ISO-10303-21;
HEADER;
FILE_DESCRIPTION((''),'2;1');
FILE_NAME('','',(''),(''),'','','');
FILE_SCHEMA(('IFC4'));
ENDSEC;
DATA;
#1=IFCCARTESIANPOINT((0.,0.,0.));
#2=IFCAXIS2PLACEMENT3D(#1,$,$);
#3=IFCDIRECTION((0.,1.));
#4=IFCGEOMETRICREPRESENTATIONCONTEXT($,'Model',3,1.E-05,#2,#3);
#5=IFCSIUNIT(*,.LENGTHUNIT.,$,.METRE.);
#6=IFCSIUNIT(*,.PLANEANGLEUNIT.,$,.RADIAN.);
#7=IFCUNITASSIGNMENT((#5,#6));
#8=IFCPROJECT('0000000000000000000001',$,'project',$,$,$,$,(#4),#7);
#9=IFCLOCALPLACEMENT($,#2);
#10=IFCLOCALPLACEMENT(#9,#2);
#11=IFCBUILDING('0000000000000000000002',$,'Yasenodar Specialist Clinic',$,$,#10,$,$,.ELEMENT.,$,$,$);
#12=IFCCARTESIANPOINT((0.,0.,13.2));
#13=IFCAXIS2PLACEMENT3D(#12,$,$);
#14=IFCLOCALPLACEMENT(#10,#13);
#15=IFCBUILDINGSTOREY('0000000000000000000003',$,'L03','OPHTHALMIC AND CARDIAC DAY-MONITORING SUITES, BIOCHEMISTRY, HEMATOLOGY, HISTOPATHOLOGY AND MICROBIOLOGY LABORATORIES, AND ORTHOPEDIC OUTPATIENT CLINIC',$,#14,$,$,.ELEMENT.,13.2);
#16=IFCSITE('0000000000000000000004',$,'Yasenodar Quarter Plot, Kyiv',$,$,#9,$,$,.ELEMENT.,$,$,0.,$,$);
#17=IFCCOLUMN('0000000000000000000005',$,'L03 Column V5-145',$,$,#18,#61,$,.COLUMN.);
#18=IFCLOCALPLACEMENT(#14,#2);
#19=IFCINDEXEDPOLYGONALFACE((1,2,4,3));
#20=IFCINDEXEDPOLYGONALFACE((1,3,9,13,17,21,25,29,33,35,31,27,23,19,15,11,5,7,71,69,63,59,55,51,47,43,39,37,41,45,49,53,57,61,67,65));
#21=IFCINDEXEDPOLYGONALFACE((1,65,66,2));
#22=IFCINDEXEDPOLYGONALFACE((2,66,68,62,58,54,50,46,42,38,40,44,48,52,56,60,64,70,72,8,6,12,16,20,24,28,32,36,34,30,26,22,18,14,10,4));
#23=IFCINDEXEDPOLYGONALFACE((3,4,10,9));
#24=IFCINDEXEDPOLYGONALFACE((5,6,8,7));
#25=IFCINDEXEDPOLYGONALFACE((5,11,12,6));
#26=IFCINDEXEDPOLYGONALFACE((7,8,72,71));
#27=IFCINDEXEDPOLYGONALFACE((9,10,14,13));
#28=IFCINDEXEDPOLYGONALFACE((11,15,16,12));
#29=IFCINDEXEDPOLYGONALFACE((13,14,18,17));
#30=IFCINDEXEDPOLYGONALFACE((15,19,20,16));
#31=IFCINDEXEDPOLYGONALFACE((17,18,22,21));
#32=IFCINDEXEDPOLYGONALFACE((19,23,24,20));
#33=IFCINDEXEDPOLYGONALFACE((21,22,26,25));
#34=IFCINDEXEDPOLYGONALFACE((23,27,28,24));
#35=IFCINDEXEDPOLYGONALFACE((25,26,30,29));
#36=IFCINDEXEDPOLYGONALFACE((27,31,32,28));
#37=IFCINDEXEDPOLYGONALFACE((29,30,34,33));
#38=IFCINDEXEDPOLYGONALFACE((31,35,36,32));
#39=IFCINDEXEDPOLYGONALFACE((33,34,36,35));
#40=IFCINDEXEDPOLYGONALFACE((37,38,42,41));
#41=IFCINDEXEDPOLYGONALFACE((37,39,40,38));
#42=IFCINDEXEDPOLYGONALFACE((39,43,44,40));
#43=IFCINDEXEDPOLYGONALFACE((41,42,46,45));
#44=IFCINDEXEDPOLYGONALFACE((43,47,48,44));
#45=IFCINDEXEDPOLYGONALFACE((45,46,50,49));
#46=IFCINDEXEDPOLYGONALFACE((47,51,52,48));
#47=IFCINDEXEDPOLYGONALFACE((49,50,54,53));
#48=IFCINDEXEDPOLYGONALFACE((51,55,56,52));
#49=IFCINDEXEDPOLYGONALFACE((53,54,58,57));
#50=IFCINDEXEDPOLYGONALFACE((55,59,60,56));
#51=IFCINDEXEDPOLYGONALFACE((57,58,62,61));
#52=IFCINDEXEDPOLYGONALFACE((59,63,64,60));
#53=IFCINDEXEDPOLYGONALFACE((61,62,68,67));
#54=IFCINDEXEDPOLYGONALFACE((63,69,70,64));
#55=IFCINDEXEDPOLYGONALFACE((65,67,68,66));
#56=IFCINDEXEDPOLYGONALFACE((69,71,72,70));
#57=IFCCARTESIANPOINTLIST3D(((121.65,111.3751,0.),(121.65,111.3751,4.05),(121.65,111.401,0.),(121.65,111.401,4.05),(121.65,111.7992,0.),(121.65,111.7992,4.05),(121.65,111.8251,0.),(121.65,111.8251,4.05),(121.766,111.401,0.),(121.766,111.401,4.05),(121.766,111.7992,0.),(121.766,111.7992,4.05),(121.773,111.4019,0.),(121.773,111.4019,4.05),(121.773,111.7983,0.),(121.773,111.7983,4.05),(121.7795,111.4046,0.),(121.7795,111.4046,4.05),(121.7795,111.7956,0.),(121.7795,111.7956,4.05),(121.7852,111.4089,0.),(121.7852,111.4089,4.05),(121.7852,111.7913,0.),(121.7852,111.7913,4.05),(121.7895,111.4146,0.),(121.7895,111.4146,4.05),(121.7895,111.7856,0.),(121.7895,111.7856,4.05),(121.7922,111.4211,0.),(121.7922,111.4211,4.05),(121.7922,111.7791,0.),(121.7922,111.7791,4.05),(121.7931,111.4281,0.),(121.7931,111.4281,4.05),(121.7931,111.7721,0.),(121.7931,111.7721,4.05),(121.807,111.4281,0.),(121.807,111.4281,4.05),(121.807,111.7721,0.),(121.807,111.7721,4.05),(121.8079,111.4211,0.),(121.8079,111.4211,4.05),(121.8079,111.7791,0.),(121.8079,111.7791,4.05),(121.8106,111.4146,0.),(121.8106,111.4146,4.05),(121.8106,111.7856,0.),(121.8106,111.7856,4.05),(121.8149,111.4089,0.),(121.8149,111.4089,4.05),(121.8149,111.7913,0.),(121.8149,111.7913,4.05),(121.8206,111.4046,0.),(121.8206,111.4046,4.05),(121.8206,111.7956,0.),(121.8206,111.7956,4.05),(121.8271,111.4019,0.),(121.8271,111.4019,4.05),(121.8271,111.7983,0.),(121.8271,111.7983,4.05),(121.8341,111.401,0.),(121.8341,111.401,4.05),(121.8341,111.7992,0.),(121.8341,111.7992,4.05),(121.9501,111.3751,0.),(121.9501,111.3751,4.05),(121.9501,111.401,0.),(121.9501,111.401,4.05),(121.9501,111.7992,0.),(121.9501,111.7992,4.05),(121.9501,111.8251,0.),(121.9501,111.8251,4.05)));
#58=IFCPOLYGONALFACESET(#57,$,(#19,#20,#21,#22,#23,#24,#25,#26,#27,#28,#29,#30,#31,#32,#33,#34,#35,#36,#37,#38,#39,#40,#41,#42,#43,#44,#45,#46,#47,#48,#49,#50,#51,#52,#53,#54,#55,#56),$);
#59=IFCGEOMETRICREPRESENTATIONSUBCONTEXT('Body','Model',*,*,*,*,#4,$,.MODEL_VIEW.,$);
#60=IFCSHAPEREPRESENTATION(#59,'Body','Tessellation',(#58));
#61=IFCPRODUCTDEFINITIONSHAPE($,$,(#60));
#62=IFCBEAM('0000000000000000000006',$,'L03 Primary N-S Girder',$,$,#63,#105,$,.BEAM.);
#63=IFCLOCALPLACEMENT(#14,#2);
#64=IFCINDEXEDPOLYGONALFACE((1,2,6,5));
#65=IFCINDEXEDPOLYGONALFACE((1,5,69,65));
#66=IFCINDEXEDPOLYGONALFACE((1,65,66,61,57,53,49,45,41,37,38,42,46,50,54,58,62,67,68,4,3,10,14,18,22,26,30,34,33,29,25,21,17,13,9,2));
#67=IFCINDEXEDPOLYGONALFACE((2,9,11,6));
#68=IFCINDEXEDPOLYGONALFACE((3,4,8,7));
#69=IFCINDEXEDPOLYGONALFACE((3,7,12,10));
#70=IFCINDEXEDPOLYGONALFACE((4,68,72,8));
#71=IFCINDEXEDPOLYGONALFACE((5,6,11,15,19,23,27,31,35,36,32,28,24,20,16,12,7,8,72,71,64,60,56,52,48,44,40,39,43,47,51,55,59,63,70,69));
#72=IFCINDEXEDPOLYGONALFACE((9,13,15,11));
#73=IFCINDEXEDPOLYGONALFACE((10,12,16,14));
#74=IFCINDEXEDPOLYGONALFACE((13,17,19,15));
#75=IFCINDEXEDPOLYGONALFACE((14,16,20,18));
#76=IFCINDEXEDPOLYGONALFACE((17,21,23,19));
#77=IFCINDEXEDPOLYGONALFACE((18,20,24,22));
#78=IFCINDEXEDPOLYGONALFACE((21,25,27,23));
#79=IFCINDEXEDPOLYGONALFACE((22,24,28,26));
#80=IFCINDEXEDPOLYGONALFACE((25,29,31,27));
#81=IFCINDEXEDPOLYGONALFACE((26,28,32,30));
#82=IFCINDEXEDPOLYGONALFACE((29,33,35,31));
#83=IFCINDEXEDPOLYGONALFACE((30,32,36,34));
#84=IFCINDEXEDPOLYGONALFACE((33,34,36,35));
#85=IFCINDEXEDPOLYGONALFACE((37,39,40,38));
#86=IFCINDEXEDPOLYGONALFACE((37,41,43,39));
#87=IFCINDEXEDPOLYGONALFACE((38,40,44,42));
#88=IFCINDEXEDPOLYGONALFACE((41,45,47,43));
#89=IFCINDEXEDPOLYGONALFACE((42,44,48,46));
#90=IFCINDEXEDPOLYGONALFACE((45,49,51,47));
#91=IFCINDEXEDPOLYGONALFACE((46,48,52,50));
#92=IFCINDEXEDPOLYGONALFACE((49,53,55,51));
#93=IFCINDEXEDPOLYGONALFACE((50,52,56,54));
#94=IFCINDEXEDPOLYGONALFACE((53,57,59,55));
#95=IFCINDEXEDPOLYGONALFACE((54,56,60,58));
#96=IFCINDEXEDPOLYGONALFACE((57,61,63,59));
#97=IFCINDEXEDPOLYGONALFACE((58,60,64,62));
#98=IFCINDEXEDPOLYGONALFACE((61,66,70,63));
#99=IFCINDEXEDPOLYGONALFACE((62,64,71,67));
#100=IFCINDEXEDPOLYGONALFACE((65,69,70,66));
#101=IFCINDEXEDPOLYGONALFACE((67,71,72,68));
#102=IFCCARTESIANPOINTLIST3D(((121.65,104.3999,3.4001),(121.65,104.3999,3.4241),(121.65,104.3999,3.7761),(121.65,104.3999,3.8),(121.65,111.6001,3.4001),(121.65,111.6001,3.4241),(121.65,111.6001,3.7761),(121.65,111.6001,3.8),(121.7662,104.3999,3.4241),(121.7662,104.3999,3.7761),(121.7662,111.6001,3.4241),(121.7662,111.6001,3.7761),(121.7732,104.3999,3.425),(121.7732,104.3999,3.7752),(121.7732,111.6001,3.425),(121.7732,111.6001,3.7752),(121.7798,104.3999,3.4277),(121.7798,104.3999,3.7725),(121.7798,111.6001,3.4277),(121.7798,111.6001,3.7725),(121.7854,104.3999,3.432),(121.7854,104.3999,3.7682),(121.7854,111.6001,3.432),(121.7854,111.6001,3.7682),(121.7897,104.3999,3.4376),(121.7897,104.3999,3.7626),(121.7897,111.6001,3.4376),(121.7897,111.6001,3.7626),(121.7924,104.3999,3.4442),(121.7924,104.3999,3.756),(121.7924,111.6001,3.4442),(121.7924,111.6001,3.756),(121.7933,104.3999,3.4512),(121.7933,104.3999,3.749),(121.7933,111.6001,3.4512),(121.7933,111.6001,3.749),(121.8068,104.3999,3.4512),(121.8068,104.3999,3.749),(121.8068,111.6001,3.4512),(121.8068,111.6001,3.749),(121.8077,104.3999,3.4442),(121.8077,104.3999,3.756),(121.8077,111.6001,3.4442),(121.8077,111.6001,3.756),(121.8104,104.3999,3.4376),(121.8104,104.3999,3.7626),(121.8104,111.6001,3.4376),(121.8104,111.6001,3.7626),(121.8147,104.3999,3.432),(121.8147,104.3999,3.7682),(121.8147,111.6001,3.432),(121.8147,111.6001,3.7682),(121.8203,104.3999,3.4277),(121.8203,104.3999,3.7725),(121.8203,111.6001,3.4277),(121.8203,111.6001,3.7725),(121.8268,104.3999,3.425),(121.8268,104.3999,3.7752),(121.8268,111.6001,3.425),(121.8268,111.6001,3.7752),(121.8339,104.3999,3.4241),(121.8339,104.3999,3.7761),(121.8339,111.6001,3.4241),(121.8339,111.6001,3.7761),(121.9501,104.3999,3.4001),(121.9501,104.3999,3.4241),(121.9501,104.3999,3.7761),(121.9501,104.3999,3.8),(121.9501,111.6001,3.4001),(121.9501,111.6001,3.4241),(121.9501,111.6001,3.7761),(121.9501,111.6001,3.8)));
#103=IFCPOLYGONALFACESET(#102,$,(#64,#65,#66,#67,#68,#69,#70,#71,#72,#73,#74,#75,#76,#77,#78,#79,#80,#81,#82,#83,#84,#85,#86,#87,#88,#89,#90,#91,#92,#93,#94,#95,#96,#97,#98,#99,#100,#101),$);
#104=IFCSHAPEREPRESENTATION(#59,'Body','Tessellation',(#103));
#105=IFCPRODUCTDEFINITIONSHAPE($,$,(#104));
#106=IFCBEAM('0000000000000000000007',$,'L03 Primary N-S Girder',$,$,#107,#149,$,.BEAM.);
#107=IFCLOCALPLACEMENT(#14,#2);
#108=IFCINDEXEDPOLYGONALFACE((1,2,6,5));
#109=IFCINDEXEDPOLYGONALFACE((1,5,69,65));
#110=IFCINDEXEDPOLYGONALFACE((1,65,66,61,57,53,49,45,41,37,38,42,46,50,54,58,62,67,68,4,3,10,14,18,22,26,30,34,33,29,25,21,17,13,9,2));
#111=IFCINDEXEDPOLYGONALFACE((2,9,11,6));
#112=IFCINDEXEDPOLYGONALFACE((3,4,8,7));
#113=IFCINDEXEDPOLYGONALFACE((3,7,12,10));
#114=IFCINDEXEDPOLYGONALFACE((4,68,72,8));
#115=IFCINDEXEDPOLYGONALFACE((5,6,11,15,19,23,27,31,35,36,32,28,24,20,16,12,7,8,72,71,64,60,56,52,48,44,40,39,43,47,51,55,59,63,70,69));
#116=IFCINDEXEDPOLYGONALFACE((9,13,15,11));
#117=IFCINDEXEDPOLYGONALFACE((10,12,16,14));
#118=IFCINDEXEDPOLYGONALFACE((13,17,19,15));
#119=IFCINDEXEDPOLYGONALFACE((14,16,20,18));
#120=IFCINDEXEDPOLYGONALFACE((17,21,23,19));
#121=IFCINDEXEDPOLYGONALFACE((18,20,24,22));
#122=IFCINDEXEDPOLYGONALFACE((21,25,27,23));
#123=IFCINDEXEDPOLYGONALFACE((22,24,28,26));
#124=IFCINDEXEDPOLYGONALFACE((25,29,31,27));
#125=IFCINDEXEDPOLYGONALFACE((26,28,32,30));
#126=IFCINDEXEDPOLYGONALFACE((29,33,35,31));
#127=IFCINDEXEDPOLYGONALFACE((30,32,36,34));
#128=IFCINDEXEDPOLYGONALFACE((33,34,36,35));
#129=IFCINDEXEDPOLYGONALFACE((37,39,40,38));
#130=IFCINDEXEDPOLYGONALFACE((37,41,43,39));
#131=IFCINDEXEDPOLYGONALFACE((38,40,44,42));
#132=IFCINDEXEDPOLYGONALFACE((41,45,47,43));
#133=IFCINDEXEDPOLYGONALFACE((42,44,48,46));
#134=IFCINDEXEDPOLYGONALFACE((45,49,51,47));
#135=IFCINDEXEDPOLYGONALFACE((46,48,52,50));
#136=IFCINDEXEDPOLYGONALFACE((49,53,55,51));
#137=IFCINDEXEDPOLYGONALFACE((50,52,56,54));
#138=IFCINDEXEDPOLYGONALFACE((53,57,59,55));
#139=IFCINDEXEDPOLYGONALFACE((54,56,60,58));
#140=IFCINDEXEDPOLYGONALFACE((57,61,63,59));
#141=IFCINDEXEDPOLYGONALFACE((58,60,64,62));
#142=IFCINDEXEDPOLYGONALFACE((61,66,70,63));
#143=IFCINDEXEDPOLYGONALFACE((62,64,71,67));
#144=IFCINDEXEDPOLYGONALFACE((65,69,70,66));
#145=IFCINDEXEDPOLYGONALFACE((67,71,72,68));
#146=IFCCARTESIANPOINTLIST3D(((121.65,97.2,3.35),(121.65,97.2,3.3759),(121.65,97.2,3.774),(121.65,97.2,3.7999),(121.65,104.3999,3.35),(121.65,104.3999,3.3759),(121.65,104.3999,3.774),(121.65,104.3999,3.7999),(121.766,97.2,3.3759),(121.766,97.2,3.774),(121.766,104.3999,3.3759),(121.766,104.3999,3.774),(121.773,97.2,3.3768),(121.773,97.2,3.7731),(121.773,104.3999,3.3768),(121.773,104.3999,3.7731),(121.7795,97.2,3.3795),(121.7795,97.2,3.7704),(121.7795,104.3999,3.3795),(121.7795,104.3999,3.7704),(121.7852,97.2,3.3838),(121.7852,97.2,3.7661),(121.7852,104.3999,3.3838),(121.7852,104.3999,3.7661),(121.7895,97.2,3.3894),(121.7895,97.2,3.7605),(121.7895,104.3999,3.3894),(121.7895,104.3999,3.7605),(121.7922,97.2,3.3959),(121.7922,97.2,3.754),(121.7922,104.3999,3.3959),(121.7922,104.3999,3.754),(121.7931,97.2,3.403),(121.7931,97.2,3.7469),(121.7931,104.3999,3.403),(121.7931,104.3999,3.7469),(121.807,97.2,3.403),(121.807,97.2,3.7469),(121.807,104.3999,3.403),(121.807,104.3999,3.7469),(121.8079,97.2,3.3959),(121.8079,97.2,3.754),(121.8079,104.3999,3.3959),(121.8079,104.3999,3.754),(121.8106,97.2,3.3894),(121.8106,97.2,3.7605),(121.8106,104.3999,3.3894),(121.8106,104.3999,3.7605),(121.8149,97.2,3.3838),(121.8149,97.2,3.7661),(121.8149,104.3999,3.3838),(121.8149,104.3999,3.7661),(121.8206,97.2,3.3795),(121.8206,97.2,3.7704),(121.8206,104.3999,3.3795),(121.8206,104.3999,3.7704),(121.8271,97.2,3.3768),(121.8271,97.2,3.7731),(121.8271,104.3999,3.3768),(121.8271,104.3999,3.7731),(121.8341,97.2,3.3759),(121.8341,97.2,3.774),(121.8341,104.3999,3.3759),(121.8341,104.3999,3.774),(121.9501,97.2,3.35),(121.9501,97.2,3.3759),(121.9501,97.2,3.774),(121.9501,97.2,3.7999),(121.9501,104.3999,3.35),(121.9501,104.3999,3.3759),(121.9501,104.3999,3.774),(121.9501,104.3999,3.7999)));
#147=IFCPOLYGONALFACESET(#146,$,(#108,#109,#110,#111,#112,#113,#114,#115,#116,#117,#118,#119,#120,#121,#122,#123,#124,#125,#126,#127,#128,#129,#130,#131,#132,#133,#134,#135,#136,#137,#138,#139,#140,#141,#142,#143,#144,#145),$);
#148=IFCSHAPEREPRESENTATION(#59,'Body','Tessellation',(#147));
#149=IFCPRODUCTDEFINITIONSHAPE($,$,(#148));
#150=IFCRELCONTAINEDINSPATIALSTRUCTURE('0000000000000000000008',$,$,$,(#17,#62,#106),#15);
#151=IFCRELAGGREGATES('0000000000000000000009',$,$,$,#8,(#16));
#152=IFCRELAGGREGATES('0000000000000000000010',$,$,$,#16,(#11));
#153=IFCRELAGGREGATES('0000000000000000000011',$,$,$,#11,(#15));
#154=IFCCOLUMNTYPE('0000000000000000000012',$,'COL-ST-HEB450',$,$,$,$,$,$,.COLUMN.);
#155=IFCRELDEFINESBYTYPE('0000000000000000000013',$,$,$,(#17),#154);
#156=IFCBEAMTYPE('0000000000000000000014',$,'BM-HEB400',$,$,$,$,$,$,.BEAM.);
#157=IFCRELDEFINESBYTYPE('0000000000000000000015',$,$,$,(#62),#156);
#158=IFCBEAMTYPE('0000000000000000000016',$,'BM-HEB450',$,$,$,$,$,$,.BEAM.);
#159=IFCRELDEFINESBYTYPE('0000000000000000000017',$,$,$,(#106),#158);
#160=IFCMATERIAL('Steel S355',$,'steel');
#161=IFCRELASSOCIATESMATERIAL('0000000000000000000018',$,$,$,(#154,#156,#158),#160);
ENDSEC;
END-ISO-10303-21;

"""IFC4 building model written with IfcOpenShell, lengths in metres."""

from ifc_helpers import new_model, si_unit, direction, frame, origin, origin_2d, place, context, subcontext, project, spatial, i_section, extrude, material, material_profile, profile_set, type_object, element, save


model = new_model("IFC4")

# Units and contexts
model_context = context("Model", 3, precision=1e-05, world=origin(), true_north=direction((0.0, 1.0)))
body_context = subcontext(model_context, "Body", "Model", "MODEL_VIEW")
ifc_project = project(units=[si_unit("LENGTHUNIT", "METRE"), si_unit("PLANEANGLEUNIT", "RADIAN")], contexts=[model_context])

# Site, building, storey
site_placement = place(None, origin())
site = spatial("IfcSite", under=ifc_project, at=site_placement, Name="Yasenodar Quarter Plot, Kyiv", CompositionType="ELEMENT", RefElevation=0.0)
building_placement = place(site_placement, origin())
building = spatial("IfcBuilding", under=site, at=building_placement, Name="Yasenodar Specialist Clinic", CompositionType="ELEMENT")
storey_placement = place(building_placement, frame((0.0, 0.0, 13.2)))
storey = spatial("IfcBuildingStorey", under=building, at=storey_placement, Name="L03", Description="OPHTHALMIC AND CARDIAC DAY-MONITORING SUITES, BIOCHEMISTRY, HEMATOLOGY, HISTOPATHOLOGY AND MICROBIOLOGY LABORATORIES, AND ORTHOPEDIC OUTPATIENT CLINIC", CompositionType="ELEMENT", Elevation=13.2)

# Column
ifc_material_1 = material(Name="Steel S355", Category="steel")
ifc_material_profile_1 = material_profile(ifc_material_1, i_section(OverallWidth=0.3, OverallDepth=0.45, WebThickness=0.0139, FlangeThickness=0.0259, FilletRadius=0.0271, at=origin_2d()), Name="HEB 450")
ifc_profile_set_1 = profile_set([ifc_material_profile_1], Name="Steel S355")
column_type_1 = type_object("IfcColumnType", Name="COL-ST-HEB450", PredefinedType="COLUMN", material=ifc_profile_set_1)
column_1_placement = place(storey_placement, frame((121.8, 111.6001, 0.0), z_axis=(0.0, 0.0, 1.0), x_axis=(1.0, 0.0, 0.0)))
element("IfcColumn", 1, at=column_1_placement, inside=storey, type_object=column_type_1, Name="L03 Column V5-145", PredefinedType="COLUMN", context=body_context, shape_type="SweptSolid", body=[
    extrude(i_section(OverallWidth=0.3, OverallDepth=0.45, WebThickness=0.0139, FlangeThickness=0.0259, FilletRadius=0.0271, at=origin_2d()), origin(), (0.0, 0.0, 1.0), 4.05),
])

# Beams
ifc_material_profile_2 = material_profile(ifc_material_1, i_section(OverallWidth=0.3, OverallDepth=0.3999, WebThickness=0.0134, FlangeThickness=0.0239, FilletRadius=0.0271, at=origin_2d()), Name="HEB 400")
ifc_profile_set_2 = profile_set([ifc_material_profile_2], Name="Steel S355")
beam_type_1 = type_object("IfcBeamType", Name="BM-HEB400", PredefinedType="BEAM", material=ifc_profile_set_2)
beam_1_placement = place(storey_placement, frame((121.8, 104.3999, 3.6001), z_axis=(0.0, 1.0, 0.0), x_axis=(-1.0, 0.0, 0.0)))
element("IfcBeam", 2, at=beam_1_placement, inside=storey, type_object=beam_type_1, Name="L03 Primary N-S Girder", PredefinedType="BEAM", context=body_context, shape_type="SweptSolid", body=[
    extrude(i_section(OverallWidth=0.3, OverallDepth=0.3999, WebThickness=0.0134, FlangeThickness=0.0239, FilletRadius=0.0271, at=origin_2d()), origin(), (0.0, 0.0, 1.0), 7.2002),
])
ifc_material_profile_3 = material_profile(ifc_material_1, i_section(OverallWidth=0.3, OverallDepth=0.45, WebThickness=0.0139, FlangeThickness=0.0259, FilletRadius=0.0271, at=origin_2d()), Name="HEB 450")
ifc_profile_set_3 = profile_set([ifc_material_profile_3], Name="Steel S355")
beam_type_2 = type_object("IfcBeamType", Name="BM-HEB450", PredefinedType="BEAM", material=ifc_profile_set_3)
beam_2_placement = place(storey_placement, frame((121.8, 97.2, 3.575), z_axis=(0.0, 1.0, 0.0), x_axis=(-1.0, 0.0, 0.0)))
element("IfcBeam", 3, at=beam_2_placement, inside=storey, type_object=beam_type_2, Name="L03 Primary N-S Girder", PredefinedType="BEAM", context=body_context, shape_type="SweptSolid", body=[
    extrude(i_section(OverallWidth=0.3, OverallDepth=0.45, WebThickness=0.0139, FlangeThickness=0.0259, FilletRadius=0.0271, at=origin_2d()), origin(), (0.0, 0.0, 1.0), 7.2),
])

save(model, "model.ifc")
